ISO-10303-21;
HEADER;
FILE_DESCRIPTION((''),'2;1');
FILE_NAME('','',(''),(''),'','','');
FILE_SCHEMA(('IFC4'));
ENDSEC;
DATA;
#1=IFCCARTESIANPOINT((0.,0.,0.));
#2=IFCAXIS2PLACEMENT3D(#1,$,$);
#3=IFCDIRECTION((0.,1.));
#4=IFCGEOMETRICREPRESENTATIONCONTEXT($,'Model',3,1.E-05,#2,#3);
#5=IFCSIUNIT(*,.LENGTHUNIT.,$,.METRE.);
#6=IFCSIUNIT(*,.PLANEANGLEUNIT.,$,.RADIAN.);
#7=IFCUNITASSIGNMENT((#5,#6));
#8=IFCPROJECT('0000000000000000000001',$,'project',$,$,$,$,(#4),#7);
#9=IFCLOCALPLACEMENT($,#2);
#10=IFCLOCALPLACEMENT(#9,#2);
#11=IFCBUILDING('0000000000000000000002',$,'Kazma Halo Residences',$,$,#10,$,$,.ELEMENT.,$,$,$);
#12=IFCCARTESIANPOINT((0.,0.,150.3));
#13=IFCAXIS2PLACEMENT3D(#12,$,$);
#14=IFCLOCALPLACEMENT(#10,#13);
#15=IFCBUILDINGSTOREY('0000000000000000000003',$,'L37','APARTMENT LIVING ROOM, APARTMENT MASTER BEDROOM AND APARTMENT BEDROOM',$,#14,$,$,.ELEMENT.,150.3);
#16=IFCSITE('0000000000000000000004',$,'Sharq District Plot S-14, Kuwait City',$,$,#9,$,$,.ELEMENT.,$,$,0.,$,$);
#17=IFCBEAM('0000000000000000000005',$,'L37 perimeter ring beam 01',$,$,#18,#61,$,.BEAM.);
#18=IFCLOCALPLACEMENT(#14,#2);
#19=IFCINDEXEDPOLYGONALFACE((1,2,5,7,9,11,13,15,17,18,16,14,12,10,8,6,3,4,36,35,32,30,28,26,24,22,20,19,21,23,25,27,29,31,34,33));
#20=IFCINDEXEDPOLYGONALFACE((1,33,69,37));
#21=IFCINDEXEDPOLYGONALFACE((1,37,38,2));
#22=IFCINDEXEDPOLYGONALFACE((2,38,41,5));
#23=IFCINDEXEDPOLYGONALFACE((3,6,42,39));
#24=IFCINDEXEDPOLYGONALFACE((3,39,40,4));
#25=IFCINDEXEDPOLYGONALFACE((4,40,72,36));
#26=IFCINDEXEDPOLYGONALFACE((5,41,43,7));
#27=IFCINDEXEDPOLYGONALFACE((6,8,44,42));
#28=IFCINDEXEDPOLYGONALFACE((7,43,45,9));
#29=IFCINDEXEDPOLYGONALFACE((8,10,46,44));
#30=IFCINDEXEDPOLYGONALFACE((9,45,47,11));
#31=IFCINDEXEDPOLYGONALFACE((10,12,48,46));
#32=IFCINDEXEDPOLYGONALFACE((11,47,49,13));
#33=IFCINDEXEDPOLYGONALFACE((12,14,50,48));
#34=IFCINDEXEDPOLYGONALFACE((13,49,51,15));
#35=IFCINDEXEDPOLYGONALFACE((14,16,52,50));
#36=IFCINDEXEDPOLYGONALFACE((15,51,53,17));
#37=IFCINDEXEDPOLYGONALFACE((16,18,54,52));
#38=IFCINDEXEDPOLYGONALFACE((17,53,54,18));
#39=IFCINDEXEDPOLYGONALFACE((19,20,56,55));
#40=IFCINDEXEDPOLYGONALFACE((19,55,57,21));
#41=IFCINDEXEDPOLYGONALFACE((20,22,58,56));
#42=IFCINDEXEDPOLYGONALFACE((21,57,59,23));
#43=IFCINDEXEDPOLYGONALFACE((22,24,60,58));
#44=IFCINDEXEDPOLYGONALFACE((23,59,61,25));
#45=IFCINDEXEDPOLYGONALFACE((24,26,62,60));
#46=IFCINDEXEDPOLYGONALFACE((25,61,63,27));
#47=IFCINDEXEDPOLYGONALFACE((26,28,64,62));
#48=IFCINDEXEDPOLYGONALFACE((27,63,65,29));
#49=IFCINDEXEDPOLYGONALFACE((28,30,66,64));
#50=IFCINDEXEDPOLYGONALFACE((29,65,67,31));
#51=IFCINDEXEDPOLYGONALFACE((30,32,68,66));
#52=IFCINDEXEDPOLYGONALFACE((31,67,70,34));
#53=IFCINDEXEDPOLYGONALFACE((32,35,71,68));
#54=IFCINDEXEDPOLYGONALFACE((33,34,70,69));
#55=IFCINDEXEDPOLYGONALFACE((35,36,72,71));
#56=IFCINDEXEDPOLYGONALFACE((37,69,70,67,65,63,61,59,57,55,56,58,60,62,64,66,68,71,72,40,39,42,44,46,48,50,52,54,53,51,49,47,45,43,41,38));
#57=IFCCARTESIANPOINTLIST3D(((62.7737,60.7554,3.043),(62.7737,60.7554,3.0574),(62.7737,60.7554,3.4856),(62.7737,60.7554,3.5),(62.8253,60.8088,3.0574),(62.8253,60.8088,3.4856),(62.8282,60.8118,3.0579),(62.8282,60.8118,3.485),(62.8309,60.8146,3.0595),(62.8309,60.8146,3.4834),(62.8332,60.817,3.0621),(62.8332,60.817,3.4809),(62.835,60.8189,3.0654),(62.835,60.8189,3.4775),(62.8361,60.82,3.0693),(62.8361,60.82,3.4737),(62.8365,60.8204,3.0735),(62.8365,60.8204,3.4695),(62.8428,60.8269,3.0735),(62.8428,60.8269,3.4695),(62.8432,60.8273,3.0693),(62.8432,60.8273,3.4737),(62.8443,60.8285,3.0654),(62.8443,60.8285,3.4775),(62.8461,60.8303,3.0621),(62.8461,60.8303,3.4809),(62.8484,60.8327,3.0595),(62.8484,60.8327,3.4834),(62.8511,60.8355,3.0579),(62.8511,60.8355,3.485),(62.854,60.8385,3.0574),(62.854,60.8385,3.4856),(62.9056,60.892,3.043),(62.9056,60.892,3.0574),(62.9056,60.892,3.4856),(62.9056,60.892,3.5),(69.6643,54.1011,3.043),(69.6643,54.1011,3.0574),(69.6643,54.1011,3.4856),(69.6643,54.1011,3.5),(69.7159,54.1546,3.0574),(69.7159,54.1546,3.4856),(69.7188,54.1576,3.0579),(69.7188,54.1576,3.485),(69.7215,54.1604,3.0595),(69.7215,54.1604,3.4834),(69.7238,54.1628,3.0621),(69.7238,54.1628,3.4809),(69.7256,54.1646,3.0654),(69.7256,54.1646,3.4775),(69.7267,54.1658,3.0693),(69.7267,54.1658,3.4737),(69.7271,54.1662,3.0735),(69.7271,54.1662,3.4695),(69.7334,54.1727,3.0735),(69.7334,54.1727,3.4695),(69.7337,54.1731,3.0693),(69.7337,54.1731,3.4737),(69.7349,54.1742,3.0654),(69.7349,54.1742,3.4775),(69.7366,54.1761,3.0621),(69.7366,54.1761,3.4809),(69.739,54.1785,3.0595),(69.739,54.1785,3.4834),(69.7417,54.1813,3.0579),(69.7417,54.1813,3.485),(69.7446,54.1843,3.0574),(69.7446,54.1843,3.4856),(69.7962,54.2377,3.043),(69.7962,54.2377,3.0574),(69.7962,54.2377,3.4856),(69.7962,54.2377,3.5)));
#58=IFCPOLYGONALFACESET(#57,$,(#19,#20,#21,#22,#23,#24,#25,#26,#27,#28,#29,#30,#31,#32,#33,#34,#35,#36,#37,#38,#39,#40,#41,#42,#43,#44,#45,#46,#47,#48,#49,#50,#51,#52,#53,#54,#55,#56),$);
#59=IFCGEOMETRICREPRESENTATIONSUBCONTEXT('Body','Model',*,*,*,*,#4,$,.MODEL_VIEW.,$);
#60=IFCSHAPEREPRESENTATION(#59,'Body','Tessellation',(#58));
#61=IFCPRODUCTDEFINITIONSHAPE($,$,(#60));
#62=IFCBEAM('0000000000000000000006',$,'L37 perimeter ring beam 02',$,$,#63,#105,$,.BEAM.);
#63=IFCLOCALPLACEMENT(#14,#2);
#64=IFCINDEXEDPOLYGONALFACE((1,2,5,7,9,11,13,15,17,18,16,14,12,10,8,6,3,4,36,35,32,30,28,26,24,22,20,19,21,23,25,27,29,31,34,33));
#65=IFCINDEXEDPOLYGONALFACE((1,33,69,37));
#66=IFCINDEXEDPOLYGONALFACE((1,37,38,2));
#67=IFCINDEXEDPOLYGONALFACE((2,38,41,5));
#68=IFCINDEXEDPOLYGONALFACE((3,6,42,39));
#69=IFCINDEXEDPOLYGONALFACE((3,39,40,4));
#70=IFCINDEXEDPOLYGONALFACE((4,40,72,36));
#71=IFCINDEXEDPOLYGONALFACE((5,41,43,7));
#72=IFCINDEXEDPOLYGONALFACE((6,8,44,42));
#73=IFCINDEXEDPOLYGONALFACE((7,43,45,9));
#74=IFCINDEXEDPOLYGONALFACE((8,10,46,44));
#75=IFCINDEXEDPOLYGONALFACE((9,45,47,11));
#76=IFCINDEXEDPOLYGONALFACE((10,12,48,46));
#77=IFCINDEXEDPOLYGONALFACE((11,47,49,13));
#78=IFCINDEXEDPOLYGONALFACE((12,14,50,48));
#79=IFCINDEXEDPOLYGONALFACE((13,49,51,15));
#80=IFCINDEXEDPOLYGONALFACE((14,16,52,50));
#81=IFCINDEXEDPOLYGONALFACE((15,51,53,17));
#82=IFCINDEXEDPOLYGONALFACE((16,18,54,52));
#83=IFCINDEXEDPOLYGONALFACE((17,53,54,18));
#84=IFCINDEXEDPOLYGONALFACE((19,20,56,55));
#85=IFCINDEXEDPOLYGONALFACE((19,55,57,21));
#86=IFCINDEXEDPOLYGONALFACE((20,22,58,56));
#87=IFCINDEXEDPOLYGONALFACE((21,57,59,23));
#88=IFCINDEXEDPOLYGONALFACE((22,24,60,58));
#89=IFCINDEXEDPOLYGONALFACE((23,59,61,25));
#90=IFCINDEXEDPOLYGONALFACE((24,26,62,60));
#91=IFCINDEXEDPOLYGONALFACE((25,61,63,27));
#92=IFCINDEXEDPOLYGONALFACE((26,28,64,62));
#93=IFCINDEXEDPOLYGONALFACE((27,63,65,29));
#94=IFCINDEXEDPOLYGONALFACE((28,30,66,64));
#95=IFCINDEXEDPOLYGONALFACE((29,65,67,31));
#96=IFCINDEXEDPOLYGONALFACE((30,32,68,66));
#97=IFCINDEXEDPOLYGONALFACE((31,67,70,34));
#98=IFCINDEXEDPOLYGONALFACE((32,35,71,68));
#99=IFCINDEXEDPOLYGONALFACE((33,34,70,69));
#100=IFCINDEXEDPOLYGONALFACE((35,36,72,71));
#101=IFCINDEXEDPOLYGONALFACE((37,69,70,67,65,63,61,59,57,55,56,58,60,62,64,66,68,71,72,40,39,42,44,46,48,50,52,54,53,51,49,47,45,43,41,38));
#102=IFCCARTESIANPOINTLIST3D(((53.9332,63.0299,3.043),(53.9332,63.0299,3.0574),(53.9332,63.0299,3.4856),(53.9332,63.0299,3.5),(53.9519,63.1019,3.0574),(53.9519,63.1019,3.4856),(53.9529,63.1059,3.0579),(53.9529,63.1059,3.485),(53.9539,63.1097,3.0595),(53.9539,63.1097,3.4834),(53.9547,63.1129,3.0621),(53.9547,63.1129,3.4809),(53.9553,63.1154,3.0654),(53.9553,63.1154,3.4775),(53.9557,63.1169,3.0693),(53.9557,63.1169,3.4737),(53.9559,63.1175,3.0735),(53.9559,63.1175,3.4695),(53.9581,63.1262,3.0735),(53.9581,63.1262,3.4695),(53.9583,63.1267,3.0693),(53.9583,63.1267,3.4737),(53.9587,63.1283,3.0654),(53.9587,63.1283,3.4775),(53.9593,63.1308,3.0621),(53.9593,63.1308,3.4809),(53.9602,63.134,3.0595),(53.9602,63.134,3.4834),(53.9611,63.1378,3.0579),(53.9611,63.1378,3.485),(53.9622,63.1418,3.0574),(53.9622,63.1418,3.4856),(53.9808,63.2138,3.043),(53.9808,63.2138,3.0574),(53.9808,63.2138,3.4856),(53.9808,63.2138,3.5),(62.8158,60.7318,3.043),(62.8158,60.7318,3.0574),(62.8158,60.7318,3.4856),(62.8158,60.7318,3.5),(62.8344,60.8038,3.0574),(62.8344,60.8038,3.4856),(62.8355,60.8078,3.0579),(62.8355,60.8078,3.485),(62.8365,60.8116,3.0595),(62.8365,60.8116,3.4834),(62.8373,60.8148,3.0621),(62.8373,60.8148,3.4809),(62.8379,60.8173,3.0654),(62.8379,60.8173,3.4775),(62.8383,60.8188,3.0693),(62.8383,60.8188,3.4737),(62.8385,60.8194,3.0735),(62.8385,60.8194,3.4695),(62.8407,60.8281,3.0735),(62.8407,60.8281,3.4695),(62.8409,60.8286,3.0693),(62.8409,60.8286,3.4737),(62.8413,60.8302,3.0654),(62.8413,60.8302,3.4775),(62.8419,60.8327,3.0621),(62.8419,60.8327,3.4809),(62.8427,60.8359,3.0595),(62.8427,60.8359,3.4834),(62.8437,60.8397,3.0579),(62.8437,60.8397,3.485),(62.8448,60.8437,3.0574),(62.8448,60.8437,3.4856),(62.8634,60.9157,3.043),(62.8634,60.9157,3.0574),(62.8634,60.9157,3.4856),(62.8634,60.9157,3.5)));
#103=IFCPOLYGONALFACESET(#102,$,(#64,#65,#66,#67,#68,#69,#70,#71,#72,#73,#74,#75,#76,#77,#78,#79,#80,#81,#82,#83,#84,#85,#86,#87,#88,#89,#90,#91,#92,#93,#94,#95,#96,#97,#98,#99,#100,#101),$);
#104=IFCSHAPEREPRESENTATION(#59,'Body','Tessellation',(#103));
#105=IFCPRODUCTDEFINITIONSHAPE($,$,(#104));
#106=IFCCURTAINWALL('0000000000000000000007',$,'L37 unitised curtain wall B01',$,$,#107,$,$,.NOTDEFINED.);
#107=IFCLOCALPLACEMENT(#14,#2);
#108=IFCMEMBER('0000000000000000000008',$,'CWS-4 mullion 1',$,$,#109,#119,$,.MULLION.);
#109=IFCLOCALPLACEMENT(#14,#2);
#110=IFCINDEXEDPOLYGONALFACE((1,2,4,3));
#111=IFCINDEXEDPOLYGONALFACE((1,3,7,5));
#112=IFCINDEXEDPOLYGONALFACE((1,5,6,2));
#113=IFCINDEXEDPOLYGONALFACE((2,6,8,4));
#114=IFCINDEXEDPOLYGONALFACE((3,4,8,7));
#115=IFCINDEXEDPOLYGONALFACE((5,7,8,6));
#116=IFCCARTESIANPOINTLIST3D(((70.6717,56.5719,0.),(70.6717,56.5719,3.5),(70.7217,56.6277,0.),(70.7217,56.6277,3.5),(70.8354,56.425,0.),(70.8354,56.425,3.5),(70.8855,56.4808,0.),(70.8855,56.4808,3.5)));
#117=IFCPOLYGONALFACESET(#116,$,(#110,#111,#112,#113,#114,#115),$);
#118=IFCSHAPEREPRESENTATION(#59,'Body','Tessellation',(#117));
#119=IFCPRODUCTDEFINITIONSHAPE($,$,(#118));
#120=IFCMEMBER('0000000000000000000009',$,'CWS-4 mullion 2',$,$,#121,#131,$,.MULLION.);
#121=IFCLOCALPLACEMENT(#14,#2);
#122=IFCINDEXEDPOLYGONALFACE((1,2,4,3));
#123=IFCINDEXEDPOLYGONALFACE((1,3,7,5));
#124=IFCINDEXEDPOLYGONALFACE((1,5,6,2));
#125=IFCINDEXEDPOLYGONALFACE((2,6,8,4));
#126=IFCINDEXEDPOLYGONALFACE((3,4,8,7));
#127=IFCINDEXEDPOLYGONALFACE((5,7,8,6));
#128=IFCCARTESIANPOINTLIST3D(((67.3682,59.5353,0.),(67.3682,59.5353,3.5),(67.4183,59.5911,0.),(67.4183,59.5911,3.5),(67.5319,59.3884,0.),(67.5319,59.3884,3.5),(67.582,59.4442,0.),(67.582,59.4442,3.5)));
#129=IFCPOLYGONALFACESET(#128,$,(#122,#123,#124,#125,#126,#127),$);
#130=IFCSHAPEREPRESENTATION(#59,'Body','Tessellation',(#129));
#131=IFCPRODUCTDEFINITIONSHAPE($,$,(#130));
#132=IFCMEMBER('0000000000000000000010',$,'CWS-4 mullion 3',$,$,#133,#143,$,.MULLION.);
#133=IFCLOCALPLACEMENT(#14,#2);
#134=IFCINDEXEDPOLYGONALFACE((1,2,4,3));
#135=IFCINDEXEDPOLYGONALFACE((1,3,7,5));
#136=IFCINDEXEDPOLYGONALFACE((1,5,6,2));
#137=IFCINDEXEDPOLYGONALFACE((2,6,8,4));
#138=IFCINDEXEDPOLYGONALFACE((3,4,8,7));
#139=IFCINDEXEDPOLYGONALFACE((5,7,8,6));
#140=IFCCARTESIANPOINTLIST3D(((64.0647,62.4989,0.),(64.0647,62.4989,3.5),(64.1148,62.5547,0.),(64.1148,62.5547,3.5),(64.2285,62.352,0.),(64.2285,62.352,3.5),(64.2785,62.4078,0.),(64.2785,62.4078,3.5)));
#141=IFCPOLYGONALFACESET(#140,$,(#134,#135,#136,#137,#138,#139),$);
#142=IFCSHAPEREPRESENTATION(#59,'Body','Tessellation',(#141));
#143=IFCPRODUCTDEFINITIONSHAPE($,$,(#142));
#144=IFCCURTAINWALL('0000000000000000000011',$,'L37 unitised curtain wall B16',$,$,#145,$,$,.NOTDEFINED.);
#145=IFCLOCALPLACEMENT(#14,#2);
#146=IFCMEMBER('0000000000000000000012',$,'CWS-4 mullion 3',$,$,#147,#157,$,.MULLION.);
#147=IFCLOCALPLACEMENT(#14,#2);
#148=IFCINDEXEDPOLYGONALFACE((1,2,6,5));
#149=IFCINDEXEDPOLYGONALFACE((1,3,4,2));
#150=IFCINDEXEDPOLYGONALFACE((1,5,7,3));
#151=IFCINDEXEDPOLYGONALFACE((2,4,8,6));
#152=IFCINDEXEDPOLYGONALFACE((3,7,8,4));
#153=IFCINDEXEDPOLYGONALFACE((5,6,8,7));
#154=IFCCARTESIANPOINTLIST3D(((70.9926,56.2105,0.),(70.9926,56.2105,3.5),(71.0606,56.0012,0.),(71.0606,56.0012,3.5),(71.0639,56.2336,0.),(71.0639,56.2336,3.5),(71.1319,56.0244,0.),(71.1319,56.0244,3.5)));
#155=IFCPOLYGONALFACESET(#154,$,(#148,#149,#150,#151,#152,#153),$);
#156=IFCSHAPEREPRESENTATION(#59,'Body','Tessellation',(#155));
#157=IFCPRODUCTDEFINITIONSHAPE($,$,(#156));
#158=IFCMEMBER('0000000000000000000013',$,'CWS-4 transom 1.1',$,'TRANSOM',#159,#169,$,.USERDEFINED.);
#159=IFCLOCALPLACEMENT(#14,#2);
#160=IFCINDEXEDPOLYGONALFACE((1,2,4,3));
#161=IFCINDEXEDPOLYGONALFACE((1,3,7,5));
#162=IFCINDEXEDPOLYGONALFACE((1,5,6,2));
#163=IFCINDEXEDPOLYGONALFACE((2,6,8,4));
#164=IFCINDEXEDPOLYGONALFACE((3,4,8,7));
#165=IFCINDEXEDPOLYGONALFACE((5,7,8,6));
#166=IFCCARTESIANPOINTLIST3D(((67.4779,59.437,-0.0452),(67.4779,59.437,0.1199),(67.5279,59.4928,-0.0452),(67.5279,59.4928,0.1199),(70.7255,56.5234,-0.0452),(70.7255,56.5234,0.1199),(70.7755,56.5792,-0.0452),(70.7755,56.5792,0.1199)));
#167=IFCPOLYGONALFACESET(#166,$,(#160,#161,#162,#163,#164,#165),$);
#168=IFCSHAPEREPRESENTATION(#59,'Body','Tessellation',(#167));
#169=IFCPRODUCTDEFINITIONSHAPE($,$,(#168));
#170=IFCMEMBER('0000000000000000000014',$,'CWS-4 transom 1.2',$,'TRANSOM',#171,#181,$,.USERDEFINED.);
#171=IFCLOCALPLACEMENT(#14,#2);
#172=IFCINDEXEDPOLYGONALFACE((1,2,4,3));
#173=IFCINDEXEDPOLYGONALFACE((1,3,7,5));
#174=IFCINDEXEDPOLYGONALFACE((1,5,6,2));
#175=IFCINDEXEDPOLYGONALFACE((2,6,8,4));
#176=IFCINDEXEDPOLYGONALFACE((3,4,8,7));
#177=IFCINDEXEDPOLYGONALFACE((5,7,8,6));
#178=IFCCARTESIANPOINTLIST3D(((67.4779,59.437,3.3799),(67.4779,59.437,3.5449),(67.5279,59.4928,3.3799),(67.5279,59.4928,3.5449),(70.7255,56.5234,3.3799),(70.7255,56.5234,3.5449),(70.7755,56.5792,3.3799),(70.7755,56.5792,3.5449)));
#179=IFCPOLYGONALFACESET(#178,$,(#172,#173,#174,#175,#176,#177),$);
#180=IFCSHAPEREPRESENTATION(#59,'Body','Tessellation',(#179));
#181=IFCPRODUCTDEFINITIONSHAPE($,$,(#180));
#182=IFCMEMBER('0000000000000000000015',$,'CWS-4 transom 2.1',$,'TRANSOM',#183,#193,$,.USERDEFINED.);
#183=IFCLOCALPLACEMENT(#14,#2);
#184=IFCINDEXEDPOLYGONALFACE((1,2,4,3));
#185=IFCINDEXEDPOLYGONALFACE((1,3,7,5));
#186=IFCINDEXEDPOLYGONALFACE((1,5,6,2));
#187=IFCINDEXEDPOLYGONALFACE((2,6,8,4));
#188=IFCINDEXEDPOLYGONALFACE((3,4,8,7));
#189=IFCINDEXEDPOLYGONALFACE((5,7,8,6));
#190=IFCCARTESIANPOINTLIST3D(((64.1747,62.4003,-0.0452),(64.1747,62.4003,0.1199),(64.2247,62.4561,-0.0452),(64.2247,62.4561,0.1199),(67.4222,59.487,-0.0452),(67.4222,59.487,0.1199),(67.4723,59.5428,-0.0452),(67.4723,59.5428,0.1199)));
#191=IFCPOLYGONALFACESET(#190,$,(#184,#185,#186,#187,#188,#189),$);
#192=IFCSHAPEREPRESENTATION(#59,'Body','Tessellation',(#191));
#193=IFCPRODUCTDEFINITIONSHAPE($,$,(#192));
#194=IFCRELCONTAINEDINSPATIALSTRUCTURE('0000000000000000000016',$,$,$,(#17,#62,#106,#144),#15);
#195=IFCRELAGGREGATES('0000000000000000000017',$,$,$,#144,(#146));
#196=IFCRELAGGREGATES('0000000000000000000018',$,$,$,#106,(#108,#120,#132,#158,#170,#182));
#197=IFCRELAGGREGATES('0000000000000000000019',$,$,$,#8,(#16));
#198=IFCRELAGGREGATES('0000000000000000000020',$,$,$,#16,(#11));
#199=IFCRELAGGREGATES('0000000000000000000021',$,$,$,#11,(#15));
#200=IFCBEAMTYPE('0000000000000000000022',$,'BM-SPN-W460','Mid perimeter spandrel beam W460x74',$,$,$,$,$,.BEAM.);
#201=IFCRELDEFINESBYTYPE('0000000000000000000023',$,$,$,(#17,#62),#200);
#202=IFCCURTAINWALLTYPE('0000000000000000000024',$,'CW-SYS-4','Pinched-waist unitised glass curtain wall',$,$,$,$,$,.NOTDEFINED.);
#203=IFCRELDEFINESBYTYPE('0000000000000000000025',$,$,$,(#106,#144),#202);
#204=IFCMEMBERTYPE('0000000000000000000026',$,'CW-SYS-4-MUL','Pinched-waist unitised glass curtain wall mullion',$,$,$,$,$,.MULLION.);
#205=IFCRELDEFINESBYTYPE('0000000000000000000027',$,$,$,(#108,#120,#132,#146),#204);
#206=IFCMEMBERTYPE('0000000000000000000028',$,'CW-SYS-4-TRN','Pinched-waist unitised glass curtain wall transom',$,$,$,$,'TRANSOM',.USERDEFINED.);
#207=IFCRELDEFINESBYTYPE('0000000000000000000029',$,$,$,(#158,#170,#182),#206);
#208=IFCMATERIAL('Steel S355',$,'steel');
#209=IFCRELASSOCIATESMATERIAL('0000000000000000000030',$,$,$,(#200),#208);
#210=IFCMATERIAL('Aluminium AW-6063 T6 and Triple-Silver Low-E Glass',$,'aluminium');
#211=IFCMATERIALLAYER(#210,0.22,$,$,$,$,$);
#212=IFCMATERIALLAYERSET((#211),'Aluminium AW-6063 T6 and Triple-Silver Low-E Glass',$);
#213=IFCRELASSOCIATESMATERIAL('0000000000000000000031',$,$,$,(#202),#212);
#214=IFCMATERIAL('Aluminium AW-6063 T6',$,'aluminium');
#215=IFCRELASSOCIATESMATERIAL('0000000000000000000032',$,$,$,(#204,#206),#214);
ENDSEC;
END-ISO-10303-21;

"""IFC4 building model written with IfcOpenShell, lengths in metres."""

from ifc_helpers import new_model, si_unit, direction, frame, origin, origin_2d, place, context, subcontext, project, spatial, rectangle, i_section, extrude, material, layer, layer_set, material_profile, profile_set, type_object, element, aggregate, save


model = new_model("IFC4")

# Units and contexts
model_context = context("Model", 3, precision=1e-05, world=origin(), true_north=direction((0.0, 1.0)))
body_context = subcontext(model_context, "Body", "Model", "MODEL_VIEW")
ifc_project = project(units=[si_unit("LENGTHUNIT", "METRE"), si_unit("PLANEANGLEUNIT", "RADIAN")], contexts=[model_context])

# Site, building, storey
site_placement = place(None, origin())
site = spatial("IfcSite", under=ifc_project, at=site_placement, Name="Sharq District Plot S-14, Kuwait City", CompositionType="ELEMENT", RefElevation=0.0)
building_placement = place(site_placement, origin())
building = spatial("IfcBuilding", under=site, at=building_placement, Name="Kazma Halo Residences", CompositionType="ELEMENT")
storey_placement = place(building_placement, frame((0.0, 0.0, 150.3)))
storey = spatial("IfcBuildingStorey", under=building, at=storey_placement, Name="L37", Description="APARTMENT LIVING ROOM, APARTMENT MASTER BEDROOM AND APARTMENT BEDROOM", CompositionType="ELEMENT", Elevation=150.3)

# Beams
ifc_material_1 = material(Name="Steel S355", Category="steel")
ifc_material_profile_1 = material_profile(ifc_material_1, i_section(OverallWidth=0.1899, OverallDepth=0.457, WebThickness=0.009, FlangeThickness=0.0144, FilletRadius=0.0161, at=origin_2d()), Name="W460x74")
ifc_profile_set_1 = profile_set([ifc_material_profile_1], Name="Steel S355")
beam_type_1 = type_object("IfcBeamType", Name="BM-SPN-W460", Description="Mid perimeter spandrel beam W460x74", PredefinedType="BEAM", material=ifc_profile_set_1)
beam_1_placement = place(storey_placement, frame((69.7302, 54.1694, 3.2715), z_axis=(-0.719335, 0.694664, 0.0), x_axis=(-0.694664, -0.719335, 0.0)))
element("IfcBeam", 1, at=beam_1_placement, inside=storey, type_object=beam_type_1, Name="L37 perimeter ring beam 01", PredefinedType="BEAM", context=body_context, shape_type="SweptSolid", body=[
    extrude(i_section(OverallWidth=0.1899, OverallDepth=0.457, WebThickness=0.009, FlangeThickness=0.0144, FilletRadius=0.0161, at=origin_2d()), origin(), (0.0, 0.0, 1.0), 9.5791),
])
beam_2_placement = place(storey_placement, frame((62.8396, 60.8237, 3.2715), z_axis=(-0.968124, 0.250473, 0.0), x_axis=(-0.250473, -0.968124, 0.0)))
element("IfcBeam", 2, at=beam_2_placement, inside=storey, type_object=beam_type_1, Name="L37 perimeter ring beam 02", PredefinedType="BEAM", context=body_context, shape_type="SweptSolid", body=[
    extrude(i_section(OverallWidth=0.1899, OverallDepth=0.457, WebThickness=0.009, FlangeThickness=0.0144, FilletRadius=0.0161, at=origin_2d()), origin(), (0.0, 0.0, 1.0), 9.175),
])

# Curtain wall, members
ifc_material_2 = material(Name="Aluminium AW-6063 T6 and Triple-Silver Low-E Glass", Category="aluminium")
ifc_layer_1 = layer(ifc_material_2, 0.22)
ifc_layer_set_1 = layer_set([ifc_layer_1], Name="Aluminium AW-6063 T6 and Triple-Silver Low-E Glass")
curtain_wall_type = type_object("IfcCurtainWallType", Name="CW-SYS-4", Description="Pinched-waist unitised glass curtain wall", PredefinedType="NOTDEFINED", material=ifc_layer_set_1)
curtain_wall_1_placement = place(storey_placement, origin())
curtain_wall_1 = element("IfcCurtainWall", 3, at=curtain_wall_1_placement, inside=storey, type_object=curtain_wall_type, Name="L37 unitised curtain wall B01", PredefinedType="NOTDEFINED")
ifc_material_3 = material(Name="Aluminium AW-6063 T6", Category="aluminium")
ifc_material_profile_2 = material_profile(ifc_material_3, rectangle(XDim=0.075, YDim=0.22, at=origin_2d()), Name="CWM-75x220")
ifc_profile_set_2 = profile_set([ifc_material_profile_2], Name="Aluminium AW-6063 T6")
member_type_1 = type_object("IfcMemberType", Name="CW-SYS-4-MUL", Description="Pinched-waist unitised glass curtain wall mullion", PredefinedType="MULLION", material=ifc_profile_set_2)
member_1_placement = place(storey_placement, frame((70.7786, 56.5264, 0.0), z_axis=(0.0, 0.0, 1.0), x_axis=(-0.66777, -0.744368, 0.0)))
member_1 = element("IfcMember", 4, at=member_1_placement, type_object=member_type_1, Name="CWS-4 mullion 1", PredefinedType="MULLION", context=body_context, shape_type="SweptSolid", body=[
    extrude(rectangle(XDim=0.075, YDim=0.22, at=origin_2d()), origin(), (0.0, 0.0, 1.0), 3.5),
])
member_2_placement = place(storey_placement, frame((67.4751, 59.4897, 0.0), z_axis=(0.0, 0.0, 1.0), x_axis=(-0.66777, -0.744368, 0.0)))
member_2 = element("IfcMember", 5, at=member_2_placement, type_object=member_type_1, Name="CWS-4 mullion 2", PredefinedType="MULLION", context=body_context, shape_type="SweptSolid", body=[
    extrude(rectangle(XDim=0.075, YDim=0.22, at=origin_2d()), origin(), (0.0, 0.0, 1.0), 3.5),
])
member_3_placement = place(storey_placement, frame((64.1716, 62.4534, 0.0), z_axis=(0.0, 0.0, 1.0), x_axis=(-0.66777, -0.744368, 0.0)))
member_3 = element("IfcMember", 6, at=member_3_placement, type_object=member_type_1, Name="CWS-4 mullion 3", PredefinedType="MULLION", context=body_context, shape_type="SweptSolid", body=[
    extrude(rectangle(XDim=0.075, YDim=0.22, at=origin_2d()), origin(), (0.0, 0.0, 1.0), 3.5),
])

# Curtain wall, member
curtain_wall_2_placement = place(storey_placement, origin())
curtain_wall_2 = element("IfcCurtainWall", 7, at=curtain_wall_2_placement, inside=storey, type_object=curtain_wall_type, Name="L37 unitised curtain wall B16", PredefinedType="NOTDEFINED")
member_4_placement = place(storey_placement, frame((71.0623, 56.1174, 0.0), z_axis=(0.0, 0.0, 1.0), x_axis=(-0.951058, -0.309014, 0.0)))
member_4 = element("IfcMember", 8, at=member_4_placement, type_object=member_type_1, Name="CWS-4 mullion 3", PredefinedType="MULLION", context=body_context, shape_type="SweptSolid", body=[
    extrude(rectangle(XDim=0.075, YDim=0.22, at=origin_2d()), origin(), (0.0, 0.0, 1.0), 3.5),
])
aggregate(curtain_wall_2, [member_4])

# Members
ifc_material_profile_3 = material_profile(ifc_material_3, rectangle(XDim=0.075, YDim=0.165, at=origin_2d()), Name="CWT-75x165")
ifc_profile_set_3 = profile_set([ifc_material_profile_3], Name="Aluminium AW-6063 T6")
member_type_2 = type_object("IfcMemberType", Name="CW-SYS-4-TRN", Description="Pinched-waist unitised glass curtain wall transom", ElementType="TRANSOM", PredefinedType="USERDEFINED", material=ifc_profile_set_3)
member_5_placement = place(storey_placement, frame((70.7505, 56.5513, 0.0374), z_axis=(-0.744345, 0.667795, 0.0), x_axis=(-0.667795, -0.744345, 0.0)))
member_5 = element("IfcMember", 9, at=member_5_placement, type_object=member_type_2, Name="CWS-4 transom 1.1", ObjectType="TRANSOM", PredefinedType="USERDEFINED", context=body_context, shape_type="SweptSolid", body=[
    extrude(rectangle(XDim=0.075, YDim=0.165, at=origin_2d()), origin(), (0.0, 0.0, 1.0), 4.363),
])
member_6_placement = place(storey_placement, frame((70.7505, 56.5513, 3.4624), z_axis=(-0.744345, 0.667795, 0.0), x_axis=(-0.667795, -0.744345, 0.0)))
member_6 = element("IfcMember", 10, at=member_6_placement, type_object=member_type_2, Name="CWS-4 transom 1.2", ObjectType="TRANSOM", PredefinedType="USERDEFINED", context=body_context, shape_type="SweptSolid", body=[
    extrude(rectangle(XDim=0.075, YDim=0.165, at=origin_2d()), origin(), (0.0, 0.0, 1.0), 4.363),
])
member_7_placement = place(storey_placement, frame((67.4473, 59.5149, 0.0374), z_axis=(-0.744373, 0.667764, 0.0), x_axis=(-0.667764, -0.744373, 0.0)))
member_7 = element("IfcMember", 11, at=member_7_placement, type_object=member_type_2, Name="CWS-4 transom 2.1", ObjectType="TRANSOM", PredefinedType="USERDEFINED", context=body_context, shape_type="SweptSolid", body=[
    extrude(rectangle(XDim=0.075, YDim=0.165, at=origin_2d()), origin(), (0.0, 0.0, 1.0), 4.3628),
])

aggregate(curtain_wall_1, [member_1, member_2, member_3, member_5, member_6, member_7])

save(model, "model.ifc")
